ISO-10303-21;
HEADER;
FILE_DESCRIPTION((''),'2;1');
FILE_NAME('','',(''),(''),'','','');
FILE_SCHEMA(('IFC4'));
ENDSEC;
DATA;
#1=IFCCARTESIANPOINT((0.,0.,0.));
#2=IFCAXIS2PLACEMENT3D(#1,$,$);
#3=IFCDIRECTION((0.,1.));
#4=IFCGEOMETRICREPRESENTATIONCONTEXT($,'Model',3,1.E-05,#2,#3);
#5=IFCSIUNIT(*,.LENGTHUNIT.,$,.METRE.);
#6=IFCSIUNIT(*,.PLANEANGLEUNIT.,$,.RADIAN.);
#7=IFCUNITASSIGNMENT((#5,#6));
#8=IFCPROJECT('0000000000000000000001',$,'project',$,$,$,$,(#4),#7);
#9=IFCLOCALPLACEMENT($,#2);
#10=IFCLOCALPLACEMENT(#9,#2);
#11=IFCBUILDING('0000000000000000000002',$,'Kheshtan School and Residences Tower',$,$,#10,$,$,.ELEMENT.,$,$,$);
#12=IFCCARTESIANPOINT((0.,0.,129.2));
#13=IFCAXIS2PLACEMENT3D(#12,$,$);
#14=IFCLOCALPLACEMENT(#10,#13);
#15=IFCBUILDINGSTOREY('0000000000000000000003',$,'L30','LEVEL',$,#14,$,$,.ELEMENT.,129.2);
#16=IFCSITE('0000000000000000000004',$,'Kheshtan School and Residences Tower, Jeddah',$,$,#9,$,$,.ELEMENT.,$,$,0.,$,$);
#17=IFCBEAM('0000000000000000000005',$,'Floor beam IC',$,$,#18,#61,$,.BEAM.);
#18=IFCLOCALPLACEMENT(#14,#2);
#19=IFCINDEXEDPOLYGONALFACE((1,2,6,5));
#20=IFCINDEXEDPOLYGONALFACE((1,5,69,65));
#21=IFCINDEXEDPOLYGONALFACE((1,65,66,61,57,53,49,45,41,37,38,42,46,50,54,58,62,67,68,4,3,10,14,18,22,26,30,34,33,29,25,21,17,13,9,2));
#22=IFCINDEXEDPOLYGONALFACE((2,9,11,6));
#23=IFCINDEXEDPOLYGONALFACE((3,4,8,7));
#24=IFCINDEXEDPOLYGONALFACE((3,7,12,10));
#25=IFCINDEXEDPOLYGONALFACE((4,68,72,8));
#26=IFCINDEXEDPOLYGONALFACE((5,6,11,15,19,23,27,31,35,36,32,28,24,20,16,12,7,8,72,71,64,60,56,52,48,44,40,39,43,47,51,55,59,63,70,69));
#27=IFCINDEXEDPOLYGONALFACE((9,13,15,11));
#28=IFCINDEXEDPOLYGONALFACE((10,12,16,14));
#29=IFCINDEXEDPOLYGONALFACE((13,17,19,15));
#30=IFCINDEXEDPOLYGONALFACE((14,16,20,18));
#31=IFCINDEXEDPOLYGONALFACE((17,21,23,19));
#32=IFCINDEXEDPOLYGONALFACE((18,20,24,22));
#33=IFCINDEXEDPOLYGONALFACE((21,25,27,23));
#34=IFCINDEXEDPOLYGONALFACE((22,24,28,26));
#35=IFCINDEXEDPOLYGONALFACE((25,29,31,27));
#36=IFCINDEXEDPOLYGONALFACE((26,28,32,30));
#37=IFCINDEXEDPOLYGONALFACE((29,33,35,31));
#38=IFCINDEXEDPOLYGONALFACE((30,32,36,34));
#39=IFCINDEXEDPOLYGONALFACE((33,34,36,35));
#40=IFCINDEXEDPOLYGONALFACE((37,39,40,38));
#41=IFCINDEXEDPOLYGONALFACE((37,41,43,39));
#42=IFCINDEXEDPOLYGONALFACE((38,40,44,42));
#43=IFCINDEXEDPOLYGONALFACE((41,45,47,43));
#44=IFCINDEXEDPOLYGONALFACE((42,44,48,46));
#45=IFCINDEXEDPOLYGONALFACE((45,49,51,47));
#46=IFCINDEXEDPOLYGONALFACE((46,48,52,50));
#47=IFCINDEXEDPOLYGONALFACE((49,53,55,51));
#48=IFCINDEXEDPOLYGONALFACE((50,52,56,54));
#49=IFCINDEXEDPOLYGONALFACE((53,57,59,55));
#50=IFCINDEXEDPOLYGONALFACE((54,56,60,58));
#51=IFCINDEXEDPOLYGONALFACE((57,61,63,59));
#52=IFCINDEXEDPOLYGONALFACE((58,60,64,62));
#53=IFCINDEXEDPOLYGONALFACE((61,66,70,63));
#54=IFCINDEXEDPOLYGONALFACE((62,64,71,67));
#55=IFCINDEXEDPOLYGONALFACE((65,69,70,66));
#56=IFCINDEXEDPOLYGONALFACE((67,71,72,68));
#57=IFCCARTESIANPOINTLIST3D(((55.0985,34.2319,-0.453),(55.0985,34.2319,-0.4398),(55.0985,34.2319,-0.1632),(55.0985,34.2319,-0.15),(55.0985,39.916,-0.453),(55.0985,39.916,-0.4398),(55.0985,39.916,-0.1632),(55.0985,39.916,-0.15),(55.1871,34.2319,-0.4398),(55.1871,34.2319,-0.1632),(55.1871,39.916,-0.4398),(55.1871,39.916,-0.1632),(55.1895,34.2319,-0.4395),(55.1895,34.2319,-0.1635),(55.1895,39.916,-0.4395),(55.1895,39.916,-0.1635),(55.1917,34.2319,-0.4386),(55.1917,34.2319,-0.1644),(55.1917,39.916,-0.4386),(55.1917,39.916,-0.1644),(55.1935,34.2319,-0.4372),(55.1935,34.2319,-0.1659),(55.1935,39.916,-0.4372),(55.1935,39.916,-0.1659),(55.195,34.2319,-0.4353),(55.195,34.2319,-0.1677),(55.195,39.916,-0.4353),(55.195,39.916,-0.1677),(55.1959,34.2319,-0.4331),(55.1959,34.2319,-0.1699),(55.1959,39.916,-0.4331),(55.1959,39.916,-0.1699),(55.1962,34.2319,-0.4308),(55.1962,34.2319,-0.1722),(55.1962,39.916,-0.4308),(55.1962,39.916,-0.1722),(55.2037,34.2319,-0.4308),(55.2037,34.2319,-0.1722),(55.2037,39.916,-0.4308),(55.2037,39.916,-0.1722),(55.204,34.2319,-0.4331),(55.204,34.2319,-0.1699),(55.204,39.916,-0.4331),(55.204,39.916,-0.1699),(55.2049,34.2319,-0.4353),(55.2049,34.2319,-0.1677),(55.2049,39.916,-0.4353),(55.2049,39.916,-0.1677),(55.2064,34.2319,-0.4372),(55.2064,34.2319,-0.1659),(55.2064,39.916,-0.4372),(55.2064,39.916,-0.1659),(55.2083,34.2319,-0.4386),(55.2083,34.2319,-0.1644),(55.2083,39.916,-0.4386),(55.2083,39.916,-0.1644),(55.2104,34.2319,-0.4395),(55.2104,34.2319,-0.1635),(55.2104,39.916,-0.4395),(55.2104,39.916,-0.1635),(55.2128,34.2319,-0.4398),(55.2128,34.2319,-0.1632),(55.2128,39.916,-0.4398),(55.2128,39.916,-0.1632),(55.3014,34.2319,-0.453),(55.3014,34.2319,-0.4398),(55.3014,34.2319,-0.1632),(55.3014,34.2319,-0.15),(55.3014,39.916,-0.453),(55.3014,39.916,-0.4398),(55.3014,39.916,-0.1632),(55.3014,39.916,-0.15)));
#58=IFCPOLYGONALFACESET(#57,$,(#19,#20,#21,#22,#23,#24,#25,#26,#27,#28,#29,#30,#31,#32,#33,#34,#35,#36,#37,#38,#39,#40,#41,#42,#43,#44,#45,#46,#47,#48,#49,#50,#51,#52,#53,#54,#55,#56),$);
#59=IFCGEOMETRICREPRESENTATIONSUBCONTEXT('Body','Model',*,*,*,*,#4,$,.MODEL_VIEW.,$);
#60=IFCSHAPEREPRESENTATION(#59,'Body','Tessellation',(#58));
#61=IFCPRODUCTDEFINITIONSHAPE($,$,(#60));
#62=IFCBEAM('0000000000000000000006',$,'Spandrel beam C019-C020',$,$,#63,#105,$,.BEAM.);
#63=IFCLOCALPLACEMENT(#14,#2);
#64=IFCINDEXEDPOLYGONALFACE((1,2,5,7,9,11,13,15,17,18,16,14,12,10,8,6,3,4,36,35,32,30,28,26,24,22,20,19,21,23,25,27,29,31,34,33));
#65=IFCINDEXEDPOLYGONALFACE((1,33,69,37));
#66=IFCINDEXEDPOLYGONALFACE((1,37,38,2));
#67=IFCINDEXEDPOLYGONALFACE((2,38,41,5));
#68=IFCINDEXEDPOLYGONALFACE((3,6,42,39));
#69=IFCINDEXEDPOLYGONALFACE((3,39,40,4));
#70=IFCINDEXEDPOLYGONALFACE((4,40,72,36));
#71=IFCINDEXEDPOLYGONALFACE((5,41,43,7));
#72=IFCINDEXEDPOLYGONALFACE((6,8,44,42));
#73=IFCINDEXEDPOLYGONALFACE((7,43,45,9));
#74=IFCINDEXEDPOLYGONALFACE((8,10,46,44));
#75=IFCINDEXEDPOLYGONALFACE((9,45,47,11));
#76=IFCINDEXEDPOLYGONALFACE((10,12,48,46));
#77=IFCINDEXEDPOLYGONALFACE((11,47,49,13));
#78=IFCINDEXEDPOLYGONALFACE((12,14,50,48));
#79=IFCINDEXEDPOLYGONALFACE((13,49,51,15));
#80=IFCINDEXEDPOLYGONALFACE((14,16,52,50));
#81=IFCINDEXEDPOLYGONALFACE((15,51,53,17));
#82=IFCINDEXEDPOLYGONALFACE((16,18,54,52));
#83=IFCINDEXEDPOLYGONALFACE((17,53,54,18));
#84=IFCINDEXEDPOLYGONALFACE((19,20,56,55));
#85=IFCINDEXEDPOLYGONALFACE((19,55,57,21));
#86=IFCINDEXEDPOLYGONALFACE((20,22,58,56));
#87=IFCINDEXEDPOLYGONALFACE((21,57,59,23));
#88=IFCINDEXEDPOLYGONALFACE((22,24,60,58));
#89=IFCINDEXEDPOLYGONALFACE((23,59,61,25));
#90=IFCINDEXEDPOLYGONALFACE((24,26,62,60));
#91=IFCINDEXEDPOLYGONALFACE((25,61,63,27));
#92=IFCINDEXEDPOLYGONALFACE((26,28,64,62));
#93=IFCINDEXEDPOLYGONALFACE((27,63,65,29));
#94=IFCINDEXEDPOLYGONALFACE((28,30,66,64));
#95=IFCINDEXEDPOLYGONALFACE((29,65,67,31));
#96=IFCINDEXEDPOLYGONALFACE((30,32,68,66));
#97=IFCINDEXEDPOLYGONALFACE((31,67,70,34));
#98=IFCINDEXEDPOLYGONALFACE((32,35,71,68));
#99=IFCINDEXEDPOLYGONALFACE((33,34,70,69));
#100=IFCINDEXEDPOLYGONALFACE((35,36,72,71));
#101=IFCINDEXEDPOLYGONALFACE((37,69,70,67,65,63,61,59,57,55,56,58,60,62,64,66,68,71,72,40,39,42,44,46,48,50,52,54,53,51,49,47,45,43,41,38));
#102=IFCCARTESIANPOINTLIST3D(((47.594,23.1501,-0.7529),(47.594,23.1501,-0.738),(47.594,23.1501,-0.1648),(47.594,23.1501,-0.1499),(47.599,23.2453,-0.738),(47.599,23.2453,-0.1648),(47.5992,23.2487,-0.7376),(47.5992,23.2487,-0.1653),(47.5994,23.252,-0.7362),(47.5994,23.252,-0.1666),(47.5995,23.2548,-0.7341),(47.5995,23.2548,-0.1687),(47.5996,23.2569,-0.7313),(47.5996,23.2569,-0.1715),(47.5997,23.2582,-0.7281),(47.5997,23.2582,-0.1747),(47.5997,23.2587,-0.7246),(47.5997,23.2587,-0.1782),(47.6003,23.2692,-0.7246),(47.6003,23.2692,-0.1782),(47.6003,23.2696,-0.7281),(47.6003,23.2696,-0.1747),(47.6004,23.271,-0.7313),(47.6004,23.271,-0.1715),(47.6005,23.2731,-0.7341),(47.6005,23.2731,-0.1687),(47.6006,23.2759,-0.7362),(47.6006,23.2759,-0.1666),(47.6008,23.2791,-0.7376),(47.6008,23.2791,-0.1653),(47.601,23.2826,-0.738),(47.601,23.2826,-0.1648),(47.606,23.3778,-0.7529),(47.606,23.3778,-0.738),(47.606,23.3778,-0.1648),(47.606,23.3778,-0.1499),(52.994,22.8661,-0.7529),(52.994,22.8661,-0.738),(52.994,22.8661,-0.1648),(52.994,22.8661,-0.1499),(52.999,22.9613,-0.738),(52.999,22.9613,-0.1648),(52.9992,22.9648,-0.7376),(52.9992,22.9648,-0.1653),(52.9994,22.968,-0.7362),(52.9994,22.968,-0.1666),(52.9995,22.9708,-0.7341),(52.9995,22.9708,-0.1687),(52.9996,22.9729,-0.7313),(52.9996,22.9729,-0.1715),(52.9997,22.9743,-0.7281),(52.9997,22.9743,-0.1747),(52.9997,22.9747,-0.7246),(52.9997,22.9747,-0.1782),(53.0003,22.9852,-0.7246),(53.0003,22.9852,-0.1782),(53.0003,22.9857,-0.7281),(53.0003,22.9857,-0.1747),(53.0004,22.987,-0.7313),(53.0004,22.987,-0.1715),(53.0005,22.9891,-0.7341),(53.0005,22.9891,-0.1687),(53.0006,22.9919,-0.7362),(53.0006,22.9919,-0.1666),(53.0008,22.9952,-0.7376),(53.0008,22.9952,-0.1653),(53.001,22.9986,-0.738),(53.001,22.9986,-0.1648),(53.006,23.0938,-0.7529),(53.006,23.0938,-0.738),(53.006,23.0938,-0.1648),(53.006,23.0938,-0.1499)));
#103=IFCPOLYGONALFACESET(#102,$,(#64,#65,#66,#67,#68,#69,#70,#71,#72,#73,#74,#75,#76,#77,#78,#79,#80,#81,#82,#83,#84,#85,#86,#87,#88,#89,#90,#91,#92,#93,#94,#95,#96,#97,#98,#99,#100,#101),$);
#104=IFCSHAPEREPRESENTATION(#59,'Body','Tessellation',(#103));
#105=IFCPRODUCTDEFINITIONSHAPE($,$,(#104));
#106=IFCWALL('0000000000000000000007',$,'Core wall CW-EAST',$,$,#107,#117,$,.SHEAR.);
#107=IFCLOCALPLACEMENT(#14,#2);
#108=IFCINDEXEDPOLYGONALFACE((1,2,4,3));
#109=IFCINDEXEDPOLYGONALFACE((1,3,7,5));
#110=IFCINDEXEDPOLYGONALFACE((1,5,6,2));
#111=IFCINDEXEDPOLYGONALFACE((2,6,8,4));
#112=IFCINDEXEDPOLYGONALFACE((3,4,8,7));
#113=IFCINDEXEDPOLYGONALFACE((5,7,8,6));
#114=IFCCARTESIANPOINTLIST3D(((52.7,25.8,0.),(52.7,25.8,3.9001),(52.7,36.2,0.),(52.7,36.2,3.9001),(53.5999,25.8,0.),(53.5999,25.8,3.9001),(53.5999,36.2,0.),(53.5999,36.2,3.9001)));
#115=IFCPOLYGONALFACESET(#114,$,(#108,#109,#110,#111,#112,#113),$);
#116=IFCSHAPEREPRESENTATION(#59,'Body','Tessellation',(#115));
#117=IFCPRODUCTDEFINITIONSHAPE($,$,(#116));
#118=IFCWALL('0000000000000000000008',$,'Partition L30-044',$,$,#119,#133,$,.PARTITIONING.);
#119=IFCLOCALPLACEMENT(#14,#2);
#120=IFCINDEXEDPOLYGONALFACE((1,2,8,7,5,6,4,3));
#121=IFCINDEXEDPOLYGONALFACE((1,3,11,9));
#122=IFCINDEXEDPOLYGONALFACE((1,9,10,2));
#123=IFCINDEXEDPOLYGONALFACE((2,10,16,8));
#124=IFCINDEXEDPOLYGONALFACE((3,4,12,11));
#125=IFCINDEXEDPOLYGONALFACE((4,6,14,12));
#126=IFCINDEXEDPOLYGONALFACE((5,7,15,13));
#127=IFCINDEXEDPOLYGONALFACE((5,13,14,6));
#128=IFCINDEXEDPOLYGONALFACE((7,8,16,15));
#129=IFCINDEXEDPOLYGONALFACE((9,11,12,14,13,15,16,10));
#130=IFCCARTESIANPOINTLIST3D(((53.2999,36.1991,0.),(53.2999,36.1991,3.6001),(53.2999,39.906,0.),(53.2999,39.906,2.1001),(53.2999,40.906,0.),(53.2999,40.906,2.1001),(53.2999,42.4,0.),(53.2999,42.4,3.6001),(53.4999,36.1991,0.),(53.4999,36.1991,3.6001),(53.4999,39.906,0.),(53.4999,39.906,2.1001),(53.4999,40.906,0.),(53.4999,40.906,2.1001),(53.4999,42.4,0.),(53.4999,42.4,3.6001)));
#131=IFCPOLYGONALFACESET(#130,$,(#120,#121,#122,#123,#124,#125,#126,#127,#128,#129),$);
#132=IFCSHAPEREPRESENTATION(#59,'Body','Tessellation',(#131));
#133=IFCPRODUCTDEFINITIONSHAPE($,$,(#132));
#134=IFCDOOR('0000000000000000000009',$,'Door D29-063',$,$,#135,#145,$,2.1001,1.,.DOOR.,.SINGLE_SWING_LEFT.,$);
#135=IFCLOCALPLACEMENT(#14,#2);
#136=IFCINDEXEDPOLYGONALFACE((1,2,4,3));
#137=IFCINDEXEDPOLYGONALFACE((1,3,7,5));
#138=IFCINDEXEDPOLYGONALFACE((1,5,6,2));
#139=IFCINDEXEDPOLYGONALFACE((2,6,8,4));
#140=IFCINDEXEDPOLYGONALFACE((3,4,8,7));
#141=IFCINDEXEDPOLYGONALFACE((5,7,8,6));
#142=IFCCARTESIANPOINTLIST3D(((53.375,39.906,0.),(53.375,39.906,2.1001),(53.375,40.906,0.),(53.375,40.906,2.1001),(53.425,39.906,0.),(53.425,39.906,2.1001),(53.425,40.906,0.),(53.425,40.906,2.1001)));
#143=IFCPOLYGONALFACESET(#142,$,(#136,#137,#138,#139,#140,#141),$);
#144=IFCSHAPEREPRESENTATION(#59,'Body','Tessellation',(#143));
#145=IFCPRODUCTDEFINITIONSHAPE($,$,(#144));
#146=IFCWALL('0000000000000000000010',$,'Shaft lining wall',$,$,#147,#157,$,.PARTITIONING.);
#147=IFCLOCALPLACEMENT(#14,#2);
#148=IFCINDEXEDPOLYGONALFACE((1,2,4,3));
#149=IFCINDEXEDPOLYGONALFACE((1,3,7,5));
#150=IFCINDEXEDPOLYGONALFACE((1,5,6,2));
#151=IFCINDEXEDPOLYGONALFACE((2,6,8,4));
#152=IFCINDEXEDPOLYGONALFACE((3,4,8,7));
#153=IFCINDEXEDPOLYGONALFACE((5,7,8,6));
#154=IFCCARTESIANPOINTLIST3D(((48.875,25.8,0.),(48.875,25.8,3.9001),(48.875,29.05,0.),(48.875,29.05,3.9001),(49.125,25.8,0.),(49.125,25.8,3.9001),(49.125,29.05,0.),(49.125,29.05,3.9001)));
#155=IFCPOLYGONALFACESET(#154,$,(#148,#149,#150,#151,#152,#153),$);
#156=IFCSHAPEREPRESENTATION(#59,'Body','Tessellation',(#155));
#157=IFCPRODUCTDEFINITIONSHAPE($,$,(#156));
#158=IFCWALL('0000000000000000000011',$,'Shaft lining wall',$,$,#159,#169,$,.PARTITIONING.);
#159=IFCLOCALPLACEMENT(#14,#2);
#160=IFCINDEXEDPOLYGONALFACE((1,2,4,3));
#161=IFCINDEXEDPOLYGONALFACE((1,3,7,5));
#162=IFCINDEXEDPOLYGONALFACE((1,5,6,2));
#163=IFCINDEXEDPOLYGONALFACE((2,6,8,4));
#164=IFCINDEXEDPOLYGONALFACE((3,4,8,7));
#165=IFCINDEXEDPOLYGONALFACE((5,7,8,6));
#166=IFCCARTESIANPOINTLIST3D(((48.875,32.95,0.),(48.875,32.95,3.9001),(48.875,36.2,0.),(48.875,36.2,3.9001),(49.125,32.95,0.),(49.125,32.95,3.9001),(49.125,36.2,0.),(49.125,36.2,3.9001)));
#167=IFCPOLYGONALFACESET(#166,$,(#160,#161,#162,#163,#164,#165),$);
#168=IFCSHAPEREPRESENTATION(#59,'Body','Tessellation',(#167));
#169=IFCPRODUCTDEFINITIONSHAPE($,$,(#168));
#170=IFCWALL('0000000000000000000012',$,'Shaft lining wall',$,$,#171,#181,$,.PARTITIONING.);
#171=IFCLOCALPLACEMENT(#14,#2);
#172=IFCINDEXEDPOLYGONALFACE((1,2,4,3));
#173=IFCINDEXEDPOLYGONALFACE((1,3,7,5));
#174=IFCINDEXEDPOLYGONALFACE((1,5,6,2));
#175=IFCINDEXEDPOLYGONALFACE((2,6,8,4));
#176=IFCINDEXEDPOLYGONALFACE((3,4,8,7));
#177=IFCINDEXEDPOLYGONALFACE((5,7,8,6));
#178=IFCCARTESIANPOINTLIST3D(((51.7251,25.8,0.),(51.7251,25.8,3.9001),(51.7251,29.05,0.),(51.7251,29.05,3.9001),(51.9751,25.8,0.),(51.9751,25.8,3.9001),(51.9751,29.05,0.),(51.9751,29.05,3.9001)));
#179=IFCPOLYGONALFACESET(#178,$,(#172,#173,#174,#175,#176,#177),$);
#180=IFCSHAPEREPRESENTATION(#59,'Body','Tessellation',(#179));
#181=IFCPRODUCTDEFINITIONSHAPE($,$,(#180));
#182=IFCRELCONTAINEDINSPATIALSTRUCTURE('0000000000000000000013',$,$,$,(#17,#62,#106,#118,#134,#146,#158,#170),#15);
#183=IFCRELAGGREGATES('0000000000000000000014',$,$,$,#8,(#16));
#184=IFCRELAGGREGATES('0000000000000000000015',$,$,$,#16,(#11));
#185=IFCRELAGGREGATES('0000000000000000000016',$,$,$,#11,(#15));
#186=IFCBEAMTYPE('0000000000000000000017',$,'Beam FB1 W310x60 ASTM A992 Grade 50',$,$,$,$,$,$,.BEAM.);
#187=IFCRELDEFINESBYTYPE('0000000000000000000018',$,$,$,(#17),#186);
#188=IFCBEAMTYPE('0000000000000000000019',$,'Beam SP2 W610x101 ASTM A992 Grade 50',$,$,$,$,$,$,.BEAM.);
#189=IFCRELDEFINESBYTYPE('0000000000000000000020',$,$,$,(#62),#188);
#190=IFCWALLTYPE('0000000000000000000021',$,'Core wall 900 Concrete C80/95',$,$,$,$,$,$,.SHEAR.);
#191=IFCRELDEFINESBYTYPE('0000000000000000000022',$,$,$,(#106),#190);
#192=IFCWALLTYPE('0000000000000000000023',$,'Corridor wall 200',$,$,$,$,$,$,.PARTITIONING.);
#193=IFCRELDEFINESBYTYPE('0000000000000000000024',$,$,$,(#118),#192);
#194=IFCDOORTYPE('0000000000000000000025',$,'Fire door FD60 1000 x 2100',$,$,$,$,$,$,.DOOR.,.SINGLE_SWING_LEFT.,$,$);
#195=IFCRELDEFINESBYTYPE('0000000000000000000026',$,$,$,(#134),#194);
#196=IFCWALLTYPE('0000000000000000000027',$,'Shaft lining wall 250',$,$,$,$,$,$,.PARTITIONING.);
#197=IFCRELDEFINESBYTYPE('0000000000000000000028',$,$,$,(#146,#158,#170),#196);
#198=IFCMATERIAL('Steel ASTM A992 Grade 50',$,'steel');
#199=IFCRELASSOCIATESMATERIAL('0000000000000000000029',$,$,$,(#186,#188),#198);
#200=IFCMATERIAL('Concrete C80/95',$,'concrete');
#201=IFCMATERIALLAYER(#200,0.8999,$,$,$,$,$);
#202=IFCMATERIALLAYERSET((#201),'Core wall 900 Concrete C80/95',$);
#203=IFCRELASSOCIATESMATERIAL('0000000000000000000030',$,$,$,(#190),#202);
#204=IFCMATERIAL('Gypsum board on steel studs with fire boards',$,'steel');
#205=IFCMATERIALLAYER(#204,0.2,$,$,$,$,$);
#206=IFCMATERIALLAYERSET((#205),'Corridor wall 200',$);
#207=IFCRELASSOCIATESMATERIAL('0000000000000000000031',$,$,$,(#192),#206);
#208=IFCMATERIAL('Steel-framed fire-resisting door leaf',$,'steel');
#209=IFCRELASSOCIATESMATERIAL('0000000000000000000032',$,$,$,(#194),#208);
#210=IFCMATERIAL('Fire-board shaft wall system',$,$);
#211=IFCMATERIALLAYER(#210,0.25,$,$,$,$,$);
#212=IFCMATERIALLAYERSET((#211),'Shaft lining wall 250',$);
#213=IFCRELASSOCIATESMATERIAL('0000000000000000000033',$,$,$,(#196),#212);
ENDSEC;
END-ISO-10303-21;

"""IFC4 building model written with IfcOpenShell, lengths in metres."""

from ifc_helpers import new_model, si_unit, direction, frame, frame_2d, origin, origin_2d, place, context, subcontext, project, spatial, rectangle, i_section, extrude, source, transform, mapped, material, layer, layer_set, material_profile, profile_set, type_object, element, fill, save


model = new_model("IFC4")

# Units and contexts
model_context = context("Model", 3, precision=1e-05, world=origin(), true_north=direction((0.0, 1.0)))
body_context = subcontext(model_context, "Body", "Model", "MODEL_VIEW")
ifc_project = project(units=[si_unit("LENGTHUNIT", "METRE"), si_unit("PLANEANGLEUNIT", "RADIAN")], contexts=[model_context])

# Site, building, storey
site_placement = place(None, origin())
site = spatial("IfcSite", under=ifc_project, at=site_placement, Name="Kheshtan School and Residences Tower, Jeddah", CompositionType="ELEMENT", RefElevation=0.0)
building_placement = place(site_placement, origin())
building = spatial("IfcBuilding", under=site, at=building_placement, Name="Kheshtan School and Residences Tower", CompositionType="ELEMENT")
storey_placement = place(building_placement, frame((0.0, 0.0, 129.2)))
storey = spatial("IfcBuildingStorey", under=building, at=storey_placement, Name="L30", Description="LEVEL", CompositionType="ELEMENT", Elevation=129.2)

# Shared definitions
ifc_material_1 = material(Name="Steel ASTM A992 Grade 50", Category="steel")

# Beams
ifc_material_profile_1 = material_profile(ifc_material_1, i_section(OverallWidth=0.2029, OverallDepth=0.303, WebThickness=0.0076, FlangeThickness=0.0132, FilletRadius=0.009, at=origin_2d()), Name="W310x60")
ifc_profile_set_1 = profile_set([ifc_material_profile_1], Name="Steel ASTM A992 Grade 50")
beam_type_1 = type_object("IfcBeamType", Name="Beam FB1 W310x60 ASTM A992 Grade 50", PredefinedType="BEAM", material=ifc_profile_set_1)
beam_1_placement = place(storey_placement, frame((55.2, 34.2319, -0.3015), z_axis=(0.0, 1.0, 0.0), x_axis=(-1.0, 0.0, 0.0)))
element("IfcBeam", 1, at=beam_1_placement, inside=storey, type_object=beam_type_1, Name="Floor beam IC", PredefinedType="BEAM", context=body_context, shape_type="SweptSolid", body=[
    extrude(i_section(OverallWidth=0.2029, OverallDepth=0.303, WebThickness=0.0076, FlangeThickness=0.0132, FilletRadius=0.009, at=origin_2d()), origin(), (0.0, 0.0, 1.0), 5.6841),
])
ifc_material_profile_2 = material_profile(ifc_material_1, i_section(OverallWidth=0.228, OverallDepth=0.603, WebThickness=0.0105, FlangeThickness=0.0149, FilletRadius=0.0134, at=origin_2d()), Name="W610x101")
ifc_profile_set_2 = profile_set([ifc_material_profile_2], Name="Steel ASTM A992 Grade 50")
beam_type_2 = type_object("IfcBeamType", Name="Beam SP2 W610x101 ASTM A992 Grade 50", PredefinedType="BEAM", material=ifc_profile_set_2)
beam_2_placement = place(storey_placement, frame((53.0, 22.98, -0.4514), z_axis=(-0.99862, 0.052509, 0.0), x_axis=(-0.052509, -0.99862, 0.0)))
element("IfcBeam", 2, at=beam_2_placement, inside=storey, type_object=beam_type_2, Name="Spandrel beam C019-C020", PredefinedType="BEAM", context=body_context, shape_type="SweptSolid", body=[
    extrude(i_section(OverallWidth=0.228, OverallDepth=0.603, WebThickness=0.0105, FlangeThickness=0.0149, FilletRadius=0.0134, at=origin_2d()), origin(), (0.0, 0.0, 1.0), 5.4075),
])

# Wall
ifc_material_2 = material(Name="Concrete C80/95", Category="concrete")
ifc_layer_1 = layer(ifc_material_2, 0.8999)
ifc_layer_set_1 = layer_set([ifc_layer_1], Name="Core wall 900 Concrete C80/95")
wall_type_1 = type_object("IfcWallType", Name="Core wall 900 Concrete C80/95", PredefinedType="SHEAR", material=ifc_layer_set_1)
wall_1_placement = place(storey_placement, frame((53.1499, 25.8, 0.0), z_axis=(0.0, 0.0, 1.0), x_axis=(0.0, 1.0, 0.0)))
element("IfcWall", 3, at=wall_1_placement, inside=storey, type_object=wall_type_1, Name="Core wall CW-EAST", PredefinedType="SHEAR", context=body_context, shape_type="SweptSolid", body=[
    extrude(rectangle(XDim=10.3999, YDim=0.8999, at=frame_2d((5.2, 0.0))), origin(), (0.0, 0.0, 1.0), 3.9001),
])

# Wall, opening, door
ifc_material_3 = material(Name="Gypsum board on steel studs with fire boards", Category="steel")
ifc_layer_2 = layer(ifc_material_3, 0.2)
ifc_layer_set_2 = layer_set([ifc_layer_2], Name="Corridor wall 200")
wall_type_2 = type_object("IfcWallType", Name="Corridor wall 200", PredefinedType="PARTITIONING", material=ifc_layer_set_2)
wall_2_placement = place(storey_placement, frame((53.3999, 36.199, 0.0), z_axis=(0.0, 0.0, 1.0), x_axis=(0.0, 1.0, 0.0)))
wall_2 = element("IfcWall", 4, at=wall_2_placement, inside=storey, type_object=wall_type_2, Name="Partition L30-044", PredefinedType="PARTITIONING", context=body_context, shape_type="SweptSolid", body=[
    extrude(rectangle(XDim=6.2009, YDim=0.2, at=frame_2d((3.1006, 0.0))), origin(), (0.0, 0.0, 1.0), 3.6001),
])
opening_1_placement = place(wall_2_placement, frame((3.707, 0.0, 0.0)))
opening_1 = element("IfcOpeningElement", 5, at=opening_1_placement, cuts=wall_2, PredefinedType="OPENING", context=body_context, shape_type="SweptSolid", body=[
    extrude(rectangle(XDim=1.0, YDim=2.1001, at=frame_2d((0.5, 1.05))), frame((0.0, 0.1099, 0.0), z_axis=(0.0, -1.0, 0.0), x_axis=(1.0, 0.0, 0.0)), (0.0, 0.0, 1.0), 0.22),
])
ifc_material_4 = material(Name="Steel-framed fire-resisting door leaf", Category="steel")
door_type_1 = type_object("IfcDoorType", Name="Fire door FD60 1000 x 2100", OperationType="SINGLE_SWING_LEFT", PredefinedType="DOOR", material=ifc_material_4)
shared_shape_1 = source(origin(), body_context, "Body", "SweptSolid", [
    extrude(rectangle(XDim=1.0, YDim=2.1001, at=frame_2d((0.5, 1.05))), frame((0.0, 0.0249, 0.0), z_axis=(0.0, -1.0, 0.0), x_axis=(1.0, 0.0, 0.0)), (0.0, 0.0, 1.0), 0.05),
])
door_1_placement = place(opening_1_placement, origin())
door_1 = element("IfcDoor", 6, at=door_1_placement, inside=storey, type_object=door_type_1, Name="Door D29-063", OperationType="SINGLE_SWING_LEFT", OverallHeight=2.1001, OverallWidth=1.0, PredefinedType="DOOR", context=body_context, shape_type="MappedRepresentation", body=[
    mapped(shared_shape_1, transform((0.0, 0.0, 0.0), x_axis=(1.0, 0.0, 0.0), y_axis=(0.0, 1.0, 0.0), z_axis=(0.0, 0.0, 1.0), scale=1.0)),
])
fill(opening_1, door_1)

# Walls
ifc_material_5 = material(Name="Fire-board shaft wall system")
ifc_layer_3 = layer(ifc_material_5, 0.25)
ifc_layer_set_3 = layer_set([ifc_layer_3], Name="Shaft lining wall 250")
wall_type_3 = type_object("IfcWallType", Name="Shaft lining wall 250", PredefinedType="PARTITIONING", material=ifc_layer_set_3)
for number, where, z_axis, x_axis, name in (
    (7, (49.0, 25.8, 0.0), (0.0, 0.0, 1.0), (0.0, 1.0, 0.0), "Shaft lining wall"),
    (8, (49.0, 32.95, 0.0), (0.0, 0.0, 1.0), (0.0, 1.0, 0.0), "Shaft lining wall"),
    (9, (51.8501, 25.8, 0.0), (0.0, 0.0, 1.0), (0.0, 1.0, 0.0), "Shaft lining wall"),
):
    element("IfcWall", number, at=place(storey_placement, frame(where, z_axis=z_axis, x_axis=x_axis)), inside=storey, type_object=wall_type_3, Name=name, PredefinedType="PARTITIONING", context=body_context, shape_type="SweptSolid", body=[
        extrude(rectangle(XDim=3.25, YDim=0.25, at=frame_2d((1.625, 0.0))), origin(), (0.0, 0.0, 1.0), 3.9001),
    ])

save(model, "model.ifc")
